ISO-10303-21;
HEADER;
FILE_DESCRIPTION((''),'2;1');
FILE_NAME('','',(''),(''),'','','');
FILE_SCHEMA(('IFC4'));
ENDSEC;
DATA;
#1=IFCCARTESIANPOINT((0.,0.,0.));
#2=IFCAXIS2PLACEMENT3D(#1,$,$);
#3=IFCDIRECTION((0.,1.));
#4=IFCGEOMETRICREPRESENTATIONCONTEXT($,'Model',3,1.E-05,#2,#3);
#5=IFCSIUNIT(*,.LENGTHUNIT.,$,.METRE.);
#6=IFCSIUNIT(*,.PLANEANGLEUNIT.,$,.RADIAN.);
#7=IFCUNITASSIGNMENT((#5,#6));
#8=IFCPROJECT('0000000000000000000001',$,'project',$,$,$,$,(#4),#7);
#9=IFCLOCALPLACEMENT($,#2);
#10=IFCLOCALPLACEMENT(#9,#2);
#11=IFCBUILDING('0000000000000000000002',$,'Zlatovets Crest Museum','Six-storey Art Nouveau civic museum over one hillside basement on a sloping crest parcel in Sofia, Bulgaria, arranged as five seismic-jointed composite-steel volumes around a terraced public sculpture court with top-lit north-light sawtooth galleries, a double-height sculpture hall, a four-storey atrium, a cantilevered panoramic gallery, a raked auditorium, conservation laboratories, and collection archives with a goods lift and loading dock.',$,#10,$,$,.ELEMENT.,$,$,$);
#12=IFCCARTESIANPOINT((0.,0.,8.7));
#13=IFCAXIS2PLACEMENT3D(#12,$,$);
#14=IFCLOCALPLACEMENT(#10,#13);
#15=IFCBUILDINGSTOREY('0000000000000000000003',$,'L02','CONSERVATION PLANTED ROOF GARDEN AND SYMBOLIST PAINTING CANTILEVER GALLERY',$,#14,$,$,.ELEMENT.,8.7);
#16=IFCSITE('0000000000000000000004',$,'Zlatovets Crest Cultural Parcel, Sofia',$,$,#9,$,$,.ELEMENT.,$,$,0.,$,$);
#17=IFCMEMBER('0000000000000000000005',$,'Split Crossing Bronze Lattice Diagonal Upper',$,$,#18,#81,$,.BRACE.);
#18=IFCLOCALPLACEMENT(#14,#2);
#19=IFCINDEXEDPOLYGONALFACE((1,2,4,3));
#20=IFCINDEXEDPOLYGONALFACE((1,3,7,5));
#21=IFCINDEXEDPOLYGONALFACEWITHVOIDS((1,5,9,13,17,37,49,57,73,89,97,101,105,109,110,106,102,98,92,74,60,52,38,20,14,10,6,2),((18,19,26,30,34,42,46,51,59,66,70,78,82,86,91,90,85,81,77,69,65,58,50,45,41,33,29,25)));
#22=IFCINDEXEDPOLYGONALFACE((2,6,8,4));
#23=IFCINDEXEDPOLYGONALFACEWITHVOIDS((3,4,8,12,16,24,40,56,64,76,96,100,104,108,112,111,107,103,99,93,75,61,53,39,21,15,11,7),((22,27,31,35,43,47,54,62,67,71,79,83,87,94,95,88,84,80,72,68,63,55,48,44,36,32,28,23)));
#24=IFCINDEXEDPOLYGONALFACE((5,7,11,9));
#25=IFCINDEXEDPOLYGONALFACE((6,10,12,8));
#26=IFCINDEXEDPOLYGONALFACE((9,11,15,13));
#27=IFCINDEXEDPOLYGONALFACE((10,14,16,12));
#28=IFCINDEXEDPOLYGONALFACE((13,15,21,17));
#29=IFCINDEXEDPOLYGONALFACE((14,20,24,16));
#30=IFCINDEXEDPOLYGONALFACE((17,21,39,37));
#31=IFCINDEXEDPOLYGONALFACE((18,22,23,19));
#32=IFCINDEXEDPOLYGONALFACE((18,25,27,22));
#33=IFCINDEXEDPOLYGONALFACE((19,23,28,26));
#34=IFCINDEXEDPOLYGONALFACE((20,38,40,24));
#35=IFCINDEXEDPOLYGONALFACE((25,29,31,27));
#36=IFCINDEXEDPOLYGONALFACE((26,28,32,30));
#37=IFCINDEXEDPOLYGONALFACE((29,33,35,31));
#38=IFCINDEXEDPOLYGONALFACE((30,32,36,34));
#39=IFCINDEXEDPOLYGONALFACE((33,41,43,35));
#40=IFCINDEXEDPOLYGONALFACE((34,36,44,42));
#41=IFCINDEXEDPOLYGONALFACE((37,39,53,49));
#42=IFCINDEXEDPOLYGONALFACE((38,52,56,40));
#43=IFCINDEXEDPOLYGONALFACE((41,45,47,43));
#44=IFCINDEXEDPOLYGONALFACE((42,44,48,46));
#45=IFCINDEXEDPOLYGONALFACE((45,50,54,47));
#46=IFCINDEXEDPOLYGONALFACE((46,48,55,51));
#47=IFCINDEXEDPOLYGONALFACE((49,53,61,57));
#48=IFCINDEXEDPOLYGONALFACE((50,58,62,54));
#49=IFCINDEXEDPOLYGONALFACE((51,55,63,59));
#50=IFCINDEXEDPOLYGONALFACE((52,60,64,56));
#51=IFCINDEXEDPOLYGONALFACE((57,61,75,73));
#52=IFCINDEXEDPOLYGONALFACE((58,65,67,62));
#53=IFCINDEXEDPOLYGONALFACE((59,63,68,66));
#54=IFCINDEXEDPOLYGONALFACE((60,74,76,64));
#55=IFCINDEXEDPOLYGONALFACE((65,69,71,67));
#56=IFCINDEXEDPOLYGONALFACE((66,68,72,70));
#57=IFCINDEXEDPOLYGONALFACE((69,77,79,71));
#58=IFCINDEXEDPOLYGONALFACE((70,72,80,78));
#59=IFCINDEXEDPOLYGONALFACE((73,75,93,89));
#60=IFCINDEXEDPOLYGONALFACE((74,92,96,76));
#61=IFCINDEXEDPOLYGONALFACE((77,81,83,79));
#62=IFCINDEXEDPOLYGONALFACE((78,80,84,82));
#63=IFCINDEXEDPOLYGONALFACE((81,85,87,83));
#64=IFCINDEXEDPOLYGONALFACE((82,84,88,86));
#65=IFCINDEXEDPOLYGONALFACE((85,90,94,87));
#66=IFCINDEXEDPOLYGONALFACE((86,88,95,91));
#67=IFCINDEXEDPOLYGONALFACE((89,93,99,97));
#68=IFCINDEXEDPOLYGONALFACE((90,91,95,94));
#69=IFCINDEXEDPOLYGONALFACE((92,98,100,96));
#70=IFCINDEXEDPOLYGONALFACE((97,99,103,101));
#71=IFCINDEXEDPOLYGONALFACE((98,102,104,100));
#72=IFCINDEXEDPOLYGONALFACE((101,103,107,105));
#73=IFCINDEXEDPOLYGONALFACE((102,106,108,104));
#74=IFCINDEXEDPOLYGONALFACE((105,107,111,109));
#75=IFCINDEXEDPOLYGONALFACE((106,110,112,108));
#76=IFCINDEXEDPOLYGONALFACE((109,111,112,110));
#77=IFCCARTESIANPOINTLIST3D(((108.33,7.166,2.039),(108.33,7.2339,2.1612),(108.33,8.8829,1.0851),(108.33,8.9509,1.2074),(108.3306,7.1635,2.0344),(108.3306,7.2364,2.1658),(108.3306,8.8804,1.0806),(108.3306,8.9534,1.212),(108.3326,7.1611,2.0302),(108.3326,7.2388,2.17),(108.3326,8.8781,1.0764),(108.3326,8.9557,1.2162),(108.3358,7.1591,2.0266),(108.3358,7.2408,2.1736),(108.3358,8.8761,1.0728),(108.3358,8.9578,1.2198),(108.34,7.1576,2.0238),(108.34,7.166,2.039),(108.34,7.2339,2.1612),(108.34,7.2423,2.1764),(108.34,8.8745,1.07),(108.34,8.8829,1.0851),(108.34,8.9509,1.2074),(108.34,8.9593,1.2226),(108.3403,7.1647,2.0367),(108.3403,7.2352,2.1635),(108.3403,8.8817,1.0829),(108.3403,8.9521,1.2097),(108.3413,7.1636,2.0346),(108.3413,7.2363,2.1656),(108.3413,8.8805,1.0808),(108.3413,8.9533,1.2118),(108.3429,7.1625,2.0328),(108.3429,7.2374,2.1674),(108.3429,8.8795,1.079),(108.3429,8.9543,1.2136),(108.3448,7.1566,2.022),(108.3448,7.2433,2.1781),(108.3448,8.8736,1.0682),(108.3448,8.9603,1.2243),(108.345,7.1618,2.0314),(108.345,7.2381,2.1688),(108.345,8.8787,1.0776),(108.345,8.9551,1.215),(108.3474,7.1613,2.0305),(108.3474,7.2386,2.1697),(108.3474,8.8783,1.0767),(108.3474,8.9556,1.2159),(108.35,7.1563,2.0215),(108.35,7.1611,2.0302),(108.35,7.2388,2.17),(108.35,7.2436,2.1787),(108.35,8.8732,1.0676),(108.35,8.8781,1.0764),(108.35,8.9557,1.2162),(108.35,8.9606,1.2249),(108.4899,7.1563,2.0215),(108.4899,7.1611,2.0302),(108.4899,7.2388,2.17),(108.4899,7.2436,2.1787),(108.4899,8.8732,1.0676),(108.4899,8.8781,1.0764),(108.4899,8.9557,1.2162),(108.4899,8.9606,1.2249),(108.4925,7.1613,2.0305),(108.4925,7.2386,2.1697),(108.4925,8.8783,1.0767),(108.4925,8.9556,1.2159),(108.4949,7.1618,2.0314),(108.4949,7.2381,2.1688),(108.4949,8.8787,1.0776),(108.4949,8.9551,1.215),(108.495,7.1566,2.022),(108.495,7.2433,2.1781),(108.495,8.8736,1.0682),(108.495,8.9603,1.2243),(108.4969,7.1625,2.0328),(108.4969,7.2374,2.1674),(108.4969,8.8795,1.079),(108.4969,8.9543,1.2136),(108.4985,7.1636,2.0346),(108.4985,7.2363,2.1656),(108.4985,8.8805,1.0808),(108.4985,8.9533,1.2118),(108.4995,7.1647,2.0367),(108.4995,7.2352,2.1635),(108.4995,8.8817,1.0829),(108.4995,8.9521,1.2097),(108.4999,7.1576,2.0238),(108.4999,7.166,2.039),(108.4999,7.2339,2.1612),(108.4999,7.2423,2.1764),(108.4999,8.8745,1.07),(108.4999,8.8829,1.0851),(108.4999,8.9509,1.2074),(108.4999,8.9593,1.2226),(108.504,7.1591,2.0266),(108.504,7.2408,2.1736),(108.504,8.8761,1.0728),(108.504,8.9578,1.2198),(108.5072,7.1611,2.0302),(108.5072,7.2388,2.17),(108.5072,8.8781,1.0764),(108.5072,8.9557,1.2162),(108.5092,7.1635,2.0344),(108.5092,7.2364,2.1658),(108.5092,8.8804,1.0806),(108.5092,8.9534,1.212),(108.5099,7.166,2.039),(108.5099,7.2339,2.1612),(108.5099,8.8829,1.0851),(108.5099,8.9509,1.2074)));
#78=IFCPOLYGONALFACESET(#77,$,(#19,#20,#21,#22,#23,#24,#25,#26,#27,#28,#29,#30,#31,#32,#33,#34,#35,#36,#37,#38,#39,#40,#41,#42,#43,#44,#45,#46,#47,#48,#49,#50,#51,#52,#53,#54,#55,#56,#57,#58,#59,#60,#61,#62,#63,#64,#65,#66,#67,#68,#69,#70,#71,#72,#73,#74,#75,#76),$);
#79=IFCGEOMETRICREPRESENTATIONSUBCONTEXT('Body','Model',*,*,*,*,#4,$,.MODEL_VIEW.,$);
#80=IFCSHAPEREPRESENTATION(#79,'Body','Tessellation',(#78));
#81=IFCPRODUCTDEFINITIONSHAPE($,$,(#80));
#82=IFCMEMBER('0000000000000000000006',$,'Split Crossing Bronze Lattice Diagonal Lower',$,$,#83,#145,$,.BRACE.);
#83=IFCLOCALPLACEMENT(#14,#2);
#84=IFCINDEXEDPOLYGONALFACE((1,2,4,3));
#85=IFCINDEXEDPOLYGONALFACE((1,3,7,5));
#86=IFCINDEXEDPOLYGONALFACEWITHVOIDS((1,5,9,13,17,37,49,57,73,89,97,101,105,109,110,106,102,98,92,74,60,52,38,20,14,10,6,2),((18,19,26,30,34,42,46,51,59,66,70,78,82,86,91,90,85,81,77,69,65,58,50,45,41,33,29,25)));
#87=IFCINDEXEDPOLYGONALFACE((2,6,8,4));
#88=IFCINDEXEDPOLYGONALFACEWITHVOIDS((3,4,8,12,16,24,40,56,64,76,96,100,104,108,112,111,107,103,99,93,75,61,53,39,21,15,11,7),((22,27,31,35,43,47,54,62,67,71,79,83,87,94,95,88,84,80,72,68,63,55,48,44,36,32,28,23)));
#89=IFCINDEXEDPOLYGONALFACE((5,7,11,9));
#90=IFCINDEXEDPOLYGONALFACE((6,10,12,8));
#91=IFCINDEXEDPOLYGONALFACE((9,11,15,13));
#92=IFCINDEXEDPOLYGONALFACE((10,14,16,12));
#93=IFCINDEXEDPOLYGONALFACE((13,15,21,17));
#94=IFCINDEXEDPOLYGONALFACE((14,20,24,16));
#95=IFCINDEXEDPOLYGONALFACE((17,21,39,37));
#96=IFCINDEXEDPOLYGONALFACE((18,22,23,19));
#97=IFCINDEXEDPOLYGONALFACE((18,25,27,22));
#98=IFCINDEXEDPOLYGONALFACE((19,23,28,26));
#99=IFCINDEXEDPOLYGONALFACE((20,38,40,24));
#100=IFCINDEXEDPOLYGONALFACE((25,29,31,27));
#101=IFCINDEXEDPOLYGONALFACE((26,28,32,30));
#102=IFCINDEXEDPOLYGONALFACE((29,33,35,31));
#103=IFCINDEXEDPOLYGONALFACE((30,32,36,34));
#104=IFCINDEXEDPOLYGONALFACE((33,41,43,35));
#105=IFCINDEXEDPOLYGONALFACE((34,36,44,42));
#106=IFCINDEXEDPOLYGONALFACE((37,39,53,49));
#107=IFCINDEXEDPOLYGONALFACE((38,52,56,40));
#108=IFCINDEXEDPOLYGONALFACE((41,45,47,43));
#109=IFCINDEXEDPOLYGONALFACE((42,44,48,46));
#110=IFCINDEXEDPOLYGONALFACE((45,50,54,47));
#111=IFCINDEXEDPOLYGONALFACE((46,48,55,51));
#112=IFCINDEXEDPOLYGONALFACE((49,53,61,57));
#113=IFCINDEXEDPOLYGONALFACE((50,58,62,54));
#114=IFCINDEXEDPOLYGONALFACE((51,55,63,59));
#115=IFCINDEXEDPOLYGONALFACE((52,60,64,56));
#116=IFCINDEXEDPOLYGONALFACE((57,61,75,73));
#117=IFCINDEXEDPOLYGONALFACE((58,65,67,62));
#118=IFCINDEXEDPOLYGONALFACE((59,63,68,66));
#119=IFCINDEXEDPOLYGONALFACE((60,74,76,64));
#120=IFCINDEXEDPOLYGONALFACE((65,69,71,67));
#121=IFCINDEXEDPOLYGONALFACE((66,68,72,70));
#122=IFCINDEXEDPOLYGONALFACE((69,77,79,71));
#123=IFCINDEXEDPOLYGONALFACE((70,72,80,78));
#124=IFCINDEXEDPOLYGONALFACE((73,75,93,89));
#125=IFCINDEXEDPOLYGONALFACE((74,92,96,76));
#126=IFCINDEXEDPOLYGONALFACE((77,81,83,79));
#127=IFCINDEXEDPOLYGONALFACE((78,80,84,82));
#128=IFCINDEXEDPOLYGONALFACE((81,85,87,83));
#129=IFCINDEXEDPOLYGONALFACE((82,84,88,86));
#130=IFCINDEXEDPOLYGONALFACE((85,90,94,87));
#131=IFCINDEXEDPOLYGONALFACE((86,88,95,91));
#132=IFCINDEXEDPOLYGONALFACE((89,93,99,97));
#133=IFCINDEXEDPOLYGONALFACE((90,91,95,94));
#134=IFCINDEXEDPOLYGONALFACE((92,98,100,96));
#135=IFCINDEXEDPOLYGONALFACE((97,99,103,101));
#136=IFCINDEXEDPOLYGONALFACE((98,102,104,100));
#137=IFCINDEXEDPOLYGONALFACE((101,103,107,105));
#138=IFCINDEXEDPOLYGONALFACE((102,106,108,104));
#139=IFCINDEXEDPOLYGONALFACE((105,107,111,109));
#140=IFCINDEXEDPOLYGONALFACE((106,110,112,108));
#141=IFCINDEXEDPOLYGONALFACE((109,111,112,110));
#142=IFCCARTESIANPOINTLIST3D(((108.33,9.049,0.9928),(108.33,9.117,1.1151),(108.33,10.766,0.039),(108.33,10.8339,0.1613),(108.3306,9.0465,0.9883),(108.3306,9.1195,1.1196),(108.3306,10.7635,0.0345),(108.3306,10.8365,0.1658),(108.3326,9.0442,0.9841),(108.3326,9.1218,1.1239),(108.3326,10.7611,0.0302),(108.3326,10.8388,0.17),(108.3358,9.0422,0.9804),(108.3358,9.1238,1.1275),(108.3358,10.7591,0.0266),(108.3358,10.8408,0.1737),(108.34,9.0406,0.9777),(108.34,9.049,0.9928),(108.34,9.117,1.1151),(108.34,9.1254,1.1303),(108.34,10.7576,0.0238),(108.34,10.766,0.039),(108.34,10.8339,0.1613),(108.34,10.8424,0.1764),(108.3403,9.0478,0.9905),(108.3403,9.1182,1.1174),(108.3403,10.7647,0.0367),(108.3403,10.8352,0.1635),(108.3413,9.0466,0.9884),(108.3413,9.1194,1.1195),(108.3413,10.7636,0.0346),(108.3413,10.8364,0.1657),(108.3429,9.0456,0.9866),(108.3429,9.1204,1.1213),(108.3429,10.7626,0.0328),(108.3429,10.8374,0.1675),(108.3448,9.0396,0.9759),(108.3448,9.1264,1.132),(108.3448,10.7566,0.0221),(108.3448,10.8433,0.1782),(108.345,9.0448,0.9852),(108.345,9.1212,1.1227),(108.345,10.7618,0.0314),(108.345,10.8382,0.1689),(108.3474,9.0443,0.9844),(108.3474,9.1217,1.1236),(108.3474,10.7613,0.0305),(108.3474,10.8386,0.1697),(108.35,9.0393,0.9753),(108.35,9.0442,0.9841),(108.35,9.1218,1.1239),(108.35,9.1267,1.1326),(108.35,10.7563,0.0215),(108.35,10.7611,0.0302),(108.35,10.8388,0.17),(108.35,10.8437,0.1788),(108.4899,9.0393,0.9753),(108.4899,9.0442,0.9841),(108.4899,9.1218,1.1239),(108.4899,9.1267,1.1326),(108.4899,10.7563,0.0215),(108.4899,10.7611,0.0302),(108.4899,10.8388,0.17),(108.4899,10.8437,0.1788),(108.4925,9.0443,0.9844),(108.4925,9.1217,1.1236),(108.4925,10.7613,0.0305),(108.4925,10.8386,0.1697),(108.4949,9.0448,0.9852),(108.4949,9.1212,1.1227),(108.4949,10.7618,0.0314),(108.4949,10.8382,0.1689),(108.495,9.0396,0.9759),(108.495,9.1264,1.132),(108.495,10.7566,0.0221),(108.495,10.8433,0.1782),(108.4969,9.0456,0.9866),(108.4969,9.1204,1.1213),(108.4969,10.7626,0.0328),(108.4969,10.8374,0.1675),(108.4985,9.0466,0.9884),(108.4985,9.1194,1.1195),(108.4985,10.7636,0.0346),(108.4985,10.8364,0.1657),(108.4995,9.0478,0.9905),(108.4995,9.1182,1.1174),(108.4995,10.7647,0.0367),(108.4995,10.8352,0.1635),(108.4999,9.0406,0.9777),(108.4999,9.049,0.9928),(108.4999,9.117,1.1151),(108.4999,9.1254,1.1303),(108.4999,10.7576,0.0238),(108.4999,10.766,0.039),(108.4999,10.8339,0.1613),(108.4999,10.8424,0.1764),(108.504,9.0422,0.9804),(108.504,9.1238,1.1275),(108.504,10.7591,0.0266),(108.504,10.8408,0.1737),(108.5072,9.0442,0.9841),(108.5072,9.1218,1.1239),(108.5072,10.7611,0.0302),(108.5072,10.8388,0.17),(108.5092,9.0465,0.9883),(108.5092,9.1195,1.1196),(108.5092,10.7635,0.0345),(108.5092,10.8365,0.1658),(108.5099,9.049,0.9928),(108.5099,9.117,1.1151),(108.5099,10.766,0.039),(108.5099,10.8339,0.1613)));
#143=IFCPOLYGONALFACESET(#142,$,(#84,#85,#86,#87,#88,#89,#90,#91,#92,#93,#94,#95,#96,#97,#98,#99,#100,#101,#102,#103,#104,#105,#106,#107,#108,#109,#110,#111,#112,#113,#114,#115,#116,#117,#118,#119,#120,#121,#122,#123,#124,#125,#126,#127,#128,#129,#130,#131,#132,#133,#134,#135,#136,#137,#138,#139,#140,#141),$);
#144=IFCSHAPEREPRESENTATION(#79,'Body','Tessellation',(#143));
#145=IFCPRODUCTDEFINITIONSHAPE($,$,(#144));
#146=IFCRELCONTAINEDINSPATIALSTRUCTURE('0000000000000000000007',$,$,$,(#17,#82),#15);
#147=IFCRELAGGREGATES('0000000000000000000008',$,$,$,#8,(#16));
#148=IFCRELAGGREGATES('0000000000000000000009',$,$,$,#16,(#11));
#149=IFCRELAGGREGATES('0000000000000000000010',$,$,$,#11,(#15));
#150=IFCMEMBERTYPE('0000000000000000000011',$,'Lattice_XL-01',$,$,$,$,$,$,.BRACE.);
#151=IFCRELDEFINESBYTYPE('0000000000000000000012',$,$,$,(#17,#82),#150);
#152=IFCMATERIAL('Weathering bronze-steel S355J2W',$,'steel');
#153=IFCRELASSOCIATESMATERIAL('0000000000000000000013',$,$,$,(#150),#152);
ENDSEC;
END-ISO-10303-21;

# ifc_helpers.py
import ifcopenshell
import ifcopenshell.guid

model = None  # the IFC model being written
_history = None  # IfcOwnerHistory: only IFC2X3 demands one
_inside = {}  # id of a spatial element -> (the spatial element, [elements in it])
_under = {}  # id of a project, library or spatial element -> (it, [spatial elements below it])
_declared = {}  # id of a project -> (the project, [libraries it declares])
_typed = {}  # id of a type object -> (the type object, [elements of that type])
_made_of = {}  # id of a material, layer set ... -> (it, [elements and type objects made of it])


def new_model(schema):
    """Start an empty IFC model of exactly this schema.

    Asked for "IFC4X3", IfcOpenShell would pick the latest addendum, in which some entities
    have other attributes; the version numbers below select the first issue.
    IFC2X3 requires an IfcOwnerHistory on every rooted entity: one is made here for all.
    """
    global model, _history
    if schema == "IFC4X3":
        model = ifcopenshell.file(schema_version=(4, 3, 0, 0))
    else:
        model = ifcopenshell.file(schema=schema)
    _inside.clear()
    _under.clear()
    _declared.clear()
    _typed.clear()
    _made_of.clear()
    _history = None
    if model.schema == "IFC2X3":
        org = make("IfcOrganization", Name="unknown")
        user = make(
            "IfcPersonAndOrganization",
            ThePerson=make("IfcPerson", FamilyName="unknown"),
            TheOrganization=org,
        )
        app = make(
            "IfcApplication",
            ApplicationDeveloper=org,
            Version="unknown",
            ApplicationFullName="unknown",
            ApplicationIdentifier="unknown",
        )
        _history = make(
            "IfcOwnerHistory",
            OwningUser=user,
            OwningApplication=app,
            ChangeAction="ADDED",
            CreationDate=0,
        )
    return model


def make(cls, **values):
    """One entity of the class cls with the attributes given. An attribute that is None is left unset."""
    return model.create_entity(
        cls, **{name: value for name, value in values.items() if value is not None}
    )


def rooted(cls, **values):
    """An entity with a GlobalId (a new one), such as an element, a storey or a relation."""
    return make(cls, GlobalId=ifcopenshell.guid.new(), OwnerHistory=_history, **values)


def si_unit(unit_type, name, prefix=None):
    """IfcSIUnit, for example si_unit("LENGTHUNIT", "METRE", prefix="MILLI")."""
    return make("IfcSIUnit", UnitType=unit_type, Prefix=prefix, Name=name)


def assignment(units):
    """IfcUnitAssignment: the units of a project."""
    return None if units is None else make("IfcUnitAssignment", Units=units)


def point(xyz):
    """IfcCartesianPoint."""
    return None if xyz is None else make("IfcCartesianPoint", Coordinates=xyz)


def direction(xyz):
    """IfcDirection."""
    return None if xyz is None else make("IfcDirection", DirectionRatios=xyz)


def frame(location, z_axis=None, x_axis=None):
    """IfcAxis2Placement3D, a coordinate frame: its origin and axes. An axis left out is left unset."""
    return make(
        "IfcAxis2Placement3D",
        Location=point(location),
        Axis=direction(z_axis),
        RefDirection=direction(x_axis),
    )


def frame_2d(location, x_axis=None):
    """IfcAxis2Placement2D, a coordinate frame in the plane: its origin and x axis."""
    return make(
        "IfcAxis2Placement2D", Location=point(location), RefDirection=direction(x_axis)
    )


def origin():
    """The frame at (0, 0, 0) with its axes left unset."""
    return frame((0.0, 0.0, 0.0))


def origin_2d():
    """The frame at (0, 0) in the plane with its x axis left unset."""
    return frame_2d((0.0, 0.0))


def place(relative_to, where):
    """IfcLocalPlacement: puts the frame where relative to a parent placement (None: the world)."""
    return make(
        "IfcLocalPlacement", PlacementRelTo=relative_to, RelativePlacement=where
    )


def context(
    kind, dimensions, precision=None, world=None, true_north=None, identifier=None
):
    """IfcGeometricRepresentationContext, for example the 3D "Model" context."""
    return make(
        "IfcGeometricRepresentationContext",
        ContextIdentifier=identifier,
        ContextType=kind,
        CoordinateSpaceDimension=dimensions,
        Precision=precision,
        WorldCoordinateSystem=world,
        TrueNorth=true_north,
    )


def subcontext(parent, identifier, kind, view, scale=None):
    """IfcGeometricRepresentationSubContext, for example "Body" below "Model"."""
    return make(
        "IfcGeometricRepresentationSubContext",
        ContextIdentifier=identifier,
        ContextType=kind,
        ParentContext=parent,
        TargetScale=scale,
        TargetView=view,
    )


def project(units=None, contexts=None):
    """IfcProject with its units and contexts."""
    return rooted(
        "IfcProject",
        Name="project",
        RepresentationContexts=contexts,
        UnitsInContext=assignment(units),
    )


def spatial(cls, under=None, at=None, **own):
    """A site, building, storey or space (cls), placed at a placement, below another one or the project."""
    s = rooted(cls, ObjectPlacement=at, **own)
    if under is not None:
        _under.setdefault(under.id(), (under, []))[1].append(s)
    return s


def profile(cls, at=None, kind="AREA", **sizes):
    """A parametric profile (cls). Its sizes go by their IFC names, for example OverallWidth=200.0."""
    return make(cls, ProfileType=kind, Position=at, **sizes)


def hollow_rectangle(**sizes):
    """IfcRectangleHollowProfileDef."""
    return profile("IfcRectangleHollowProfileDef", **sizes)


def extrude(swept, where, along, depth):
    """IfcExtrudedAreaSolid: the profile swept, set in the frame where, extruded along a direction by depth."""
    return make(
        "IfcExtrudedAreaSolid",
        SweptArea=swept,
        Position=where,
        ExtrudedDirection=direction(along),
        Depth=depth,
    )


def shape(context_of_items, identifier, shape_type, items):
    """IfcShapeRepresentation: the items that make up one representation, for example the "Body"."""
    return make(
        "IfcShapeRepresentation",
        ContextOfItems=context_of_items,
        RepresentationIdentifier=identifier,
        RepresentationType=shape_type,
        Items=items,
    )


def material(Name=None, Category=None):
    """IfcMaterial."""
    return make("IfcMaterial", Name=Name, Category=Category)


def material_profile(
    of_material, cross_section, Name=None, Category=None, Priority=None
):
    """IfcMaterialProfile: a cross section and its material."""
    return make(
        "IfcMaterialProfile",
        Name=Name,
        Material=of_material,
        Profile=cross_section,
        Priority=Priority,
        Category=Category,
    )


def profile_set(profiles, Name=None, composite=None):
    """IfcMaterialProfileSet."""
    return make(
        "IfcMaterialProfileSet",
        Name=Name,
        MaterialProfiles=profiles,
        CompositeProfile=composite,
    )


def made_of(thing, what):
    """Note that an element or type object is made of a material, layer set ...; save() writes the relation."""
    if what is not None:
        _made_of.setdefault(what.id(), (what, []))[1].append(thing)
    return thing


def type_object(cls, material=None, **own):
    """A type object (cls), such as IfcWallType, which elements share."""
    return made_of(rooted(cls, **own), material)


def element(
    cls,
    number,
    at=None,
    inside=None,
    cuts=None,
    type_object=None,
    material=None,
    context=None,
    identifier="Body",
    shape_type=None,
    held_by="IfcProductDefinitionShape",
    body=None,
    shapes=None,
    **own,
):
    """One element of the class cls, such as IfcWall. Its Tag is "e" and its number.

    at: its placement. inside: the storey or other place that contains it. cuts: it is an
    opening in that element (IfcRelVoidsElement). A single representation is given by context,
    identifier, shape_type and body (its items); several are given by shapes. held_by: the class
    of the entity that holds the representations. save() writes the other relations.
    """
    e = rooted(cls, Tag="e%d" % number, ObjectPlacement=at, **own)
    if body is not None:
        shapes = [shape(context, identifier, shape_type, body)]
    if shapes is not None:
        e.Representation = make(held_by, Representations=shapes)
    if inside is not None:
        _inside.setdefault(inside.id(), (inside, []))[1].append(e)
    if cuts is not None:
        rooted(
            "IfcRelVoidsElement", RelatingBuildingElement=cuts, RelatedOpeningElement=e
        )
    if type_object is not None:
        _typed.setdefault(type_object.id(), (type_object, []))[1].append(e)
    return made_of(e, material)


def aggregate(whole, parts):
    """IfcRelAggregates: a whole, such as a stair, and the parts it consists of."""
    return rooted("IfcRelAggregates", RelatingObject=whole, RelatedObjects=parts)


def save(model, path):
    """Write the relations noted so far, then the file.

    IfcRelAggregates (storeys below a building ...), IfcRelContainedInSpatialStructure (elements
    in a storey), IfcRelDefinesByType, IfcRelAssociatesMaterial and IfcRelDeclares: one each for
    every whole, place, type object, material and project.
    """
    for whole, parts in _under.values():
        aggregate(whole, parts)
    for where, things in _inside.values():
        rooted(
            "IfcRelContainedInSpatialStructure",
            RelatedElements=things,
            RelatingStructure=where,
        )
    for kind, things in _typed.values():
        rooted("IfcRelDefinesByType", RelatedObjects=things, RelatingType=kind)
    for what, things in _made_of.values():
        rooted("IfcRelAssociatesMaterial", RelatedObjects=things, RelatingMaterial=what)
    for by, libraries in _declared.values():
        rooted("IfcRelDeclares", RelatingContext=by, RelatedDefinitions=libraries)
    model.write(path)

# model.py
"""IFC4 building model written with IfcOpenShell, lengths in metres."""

from ifc_helpers import new_model, si_unit, direction, frame, origin, origin_2d, place, context, subcontext, project, spatial, hollow_rectangle, extrude, material, material_profile, profile_set, type_object, element, save


model = new_model("IFC4")

# Units and contexts
model_context = context("Model", 3, precision=1e-05, world=origin(), true_north=direction((0.0, 1.0)))
body_context = subcontext(model_context, "Body", "Model", "MODEL_VIEW")
ifc_project = project(units=[si_unit("LENGTHUNIT", "METRE"), si_unit("PLANEANGLEUNIT", "RADIAN")], contexts=[model_context])

# Site, building, storey
site_placement = place(None, origin())
site = spatial("IfcSite", under=ifc_project, at=site_placement, Name="Zlatovets Crest Cultural Parcel, Sofia", CompositionType="ELEMENT", RefElevation=0.0)
building_placement = place(site_placement, origin())
building = spatial("IfcBuilding", under=site, at=building_placement, Name="Zlatovets Crest Museum", Description="Six-storey Art Nouveau civic museum over one hillside basement on a sloping crest parcel in Sofia, Bulgaria, arranged as five seismic-jointed composite-steel volumes around a terraced public sculpture court with top-lit north-light sawtooth galleries, a double-height sculpture hall, a four-storey atrium, a cantilevered panoramic gallery, a raked auditorium, conservation laboratories, and collection archives with a goods lift and loading dock.", CompositionType="ELEMENT")
storey_placement = place(building_placement, frame((0.0, 0.0, 8.7)))
storey = spatial("IfcBuildingStorey", under=building, at=storey_placement, Name="L02", Description="CONSERVATION PLANTED ROOF GARDEN AND SYMBOLIST PAINTING CANTILEVER GALLERY", CompositionType="ELEMENT", Elevation=8.7)

# Members
ifc_material_1 = material(Name="Weathering bronze-steel S355J2W", Category="steel")
ifc_material_profile_1 = material_profile(ifc_material_1, hollow_rectangle(XDim=0.1799, YDim=0.1799, WallThickness=0.01, InnerFilletRadius=0.01, OuterFilletRadius=0.02, at=origin_2d()), Name="SHS 180x180x10.0")
ifc_profile_set_1 = profile_set([ifc_material_profile_1], Name="Weathering bronze-steel S355J2W")
member_type_1 = type_object("IfcMemberType", Name="Lattice_XL-01", PredefinedType="BRACE", material=ifc_profile_set_1)
for number, where, z_axis, x_axis, name in (
    (1, (108.4199, 7.2, 2.1001), (0.0, 0.874169, -0.485622), (-1.0, 0.0, 0.0), "Split Crossing Bronze Lattice Diagonal Upper"),
    (2, (108.4199, 9.083, 1.054), (0.0, 0.874169, -0.485622), (-1.0, 0.0, 0.0), "Split Crossing Bronze Lattice Diagonal Lower"),
):
    element("IfcMember", number, at=place(storey_placement, frame(where, z_axis=z_axis, x_axis=x_axis)), inside=storey, type_object=member_type_1, Name=name, PredefinedType="BRACE", context=body_context, shape_type="SweptSolid", body=[
        extrude(hollow_rectangle(XDim=0.1799, YDim=0.1799, WallThickness=0.01, InnerFilletRadius=0.01, OuterFilletRadius=0.02, at=origin_2d()), origin(), (0.0, 0.0, 1.0), 1.9641),
    ])

save(model, "model.ifc")
